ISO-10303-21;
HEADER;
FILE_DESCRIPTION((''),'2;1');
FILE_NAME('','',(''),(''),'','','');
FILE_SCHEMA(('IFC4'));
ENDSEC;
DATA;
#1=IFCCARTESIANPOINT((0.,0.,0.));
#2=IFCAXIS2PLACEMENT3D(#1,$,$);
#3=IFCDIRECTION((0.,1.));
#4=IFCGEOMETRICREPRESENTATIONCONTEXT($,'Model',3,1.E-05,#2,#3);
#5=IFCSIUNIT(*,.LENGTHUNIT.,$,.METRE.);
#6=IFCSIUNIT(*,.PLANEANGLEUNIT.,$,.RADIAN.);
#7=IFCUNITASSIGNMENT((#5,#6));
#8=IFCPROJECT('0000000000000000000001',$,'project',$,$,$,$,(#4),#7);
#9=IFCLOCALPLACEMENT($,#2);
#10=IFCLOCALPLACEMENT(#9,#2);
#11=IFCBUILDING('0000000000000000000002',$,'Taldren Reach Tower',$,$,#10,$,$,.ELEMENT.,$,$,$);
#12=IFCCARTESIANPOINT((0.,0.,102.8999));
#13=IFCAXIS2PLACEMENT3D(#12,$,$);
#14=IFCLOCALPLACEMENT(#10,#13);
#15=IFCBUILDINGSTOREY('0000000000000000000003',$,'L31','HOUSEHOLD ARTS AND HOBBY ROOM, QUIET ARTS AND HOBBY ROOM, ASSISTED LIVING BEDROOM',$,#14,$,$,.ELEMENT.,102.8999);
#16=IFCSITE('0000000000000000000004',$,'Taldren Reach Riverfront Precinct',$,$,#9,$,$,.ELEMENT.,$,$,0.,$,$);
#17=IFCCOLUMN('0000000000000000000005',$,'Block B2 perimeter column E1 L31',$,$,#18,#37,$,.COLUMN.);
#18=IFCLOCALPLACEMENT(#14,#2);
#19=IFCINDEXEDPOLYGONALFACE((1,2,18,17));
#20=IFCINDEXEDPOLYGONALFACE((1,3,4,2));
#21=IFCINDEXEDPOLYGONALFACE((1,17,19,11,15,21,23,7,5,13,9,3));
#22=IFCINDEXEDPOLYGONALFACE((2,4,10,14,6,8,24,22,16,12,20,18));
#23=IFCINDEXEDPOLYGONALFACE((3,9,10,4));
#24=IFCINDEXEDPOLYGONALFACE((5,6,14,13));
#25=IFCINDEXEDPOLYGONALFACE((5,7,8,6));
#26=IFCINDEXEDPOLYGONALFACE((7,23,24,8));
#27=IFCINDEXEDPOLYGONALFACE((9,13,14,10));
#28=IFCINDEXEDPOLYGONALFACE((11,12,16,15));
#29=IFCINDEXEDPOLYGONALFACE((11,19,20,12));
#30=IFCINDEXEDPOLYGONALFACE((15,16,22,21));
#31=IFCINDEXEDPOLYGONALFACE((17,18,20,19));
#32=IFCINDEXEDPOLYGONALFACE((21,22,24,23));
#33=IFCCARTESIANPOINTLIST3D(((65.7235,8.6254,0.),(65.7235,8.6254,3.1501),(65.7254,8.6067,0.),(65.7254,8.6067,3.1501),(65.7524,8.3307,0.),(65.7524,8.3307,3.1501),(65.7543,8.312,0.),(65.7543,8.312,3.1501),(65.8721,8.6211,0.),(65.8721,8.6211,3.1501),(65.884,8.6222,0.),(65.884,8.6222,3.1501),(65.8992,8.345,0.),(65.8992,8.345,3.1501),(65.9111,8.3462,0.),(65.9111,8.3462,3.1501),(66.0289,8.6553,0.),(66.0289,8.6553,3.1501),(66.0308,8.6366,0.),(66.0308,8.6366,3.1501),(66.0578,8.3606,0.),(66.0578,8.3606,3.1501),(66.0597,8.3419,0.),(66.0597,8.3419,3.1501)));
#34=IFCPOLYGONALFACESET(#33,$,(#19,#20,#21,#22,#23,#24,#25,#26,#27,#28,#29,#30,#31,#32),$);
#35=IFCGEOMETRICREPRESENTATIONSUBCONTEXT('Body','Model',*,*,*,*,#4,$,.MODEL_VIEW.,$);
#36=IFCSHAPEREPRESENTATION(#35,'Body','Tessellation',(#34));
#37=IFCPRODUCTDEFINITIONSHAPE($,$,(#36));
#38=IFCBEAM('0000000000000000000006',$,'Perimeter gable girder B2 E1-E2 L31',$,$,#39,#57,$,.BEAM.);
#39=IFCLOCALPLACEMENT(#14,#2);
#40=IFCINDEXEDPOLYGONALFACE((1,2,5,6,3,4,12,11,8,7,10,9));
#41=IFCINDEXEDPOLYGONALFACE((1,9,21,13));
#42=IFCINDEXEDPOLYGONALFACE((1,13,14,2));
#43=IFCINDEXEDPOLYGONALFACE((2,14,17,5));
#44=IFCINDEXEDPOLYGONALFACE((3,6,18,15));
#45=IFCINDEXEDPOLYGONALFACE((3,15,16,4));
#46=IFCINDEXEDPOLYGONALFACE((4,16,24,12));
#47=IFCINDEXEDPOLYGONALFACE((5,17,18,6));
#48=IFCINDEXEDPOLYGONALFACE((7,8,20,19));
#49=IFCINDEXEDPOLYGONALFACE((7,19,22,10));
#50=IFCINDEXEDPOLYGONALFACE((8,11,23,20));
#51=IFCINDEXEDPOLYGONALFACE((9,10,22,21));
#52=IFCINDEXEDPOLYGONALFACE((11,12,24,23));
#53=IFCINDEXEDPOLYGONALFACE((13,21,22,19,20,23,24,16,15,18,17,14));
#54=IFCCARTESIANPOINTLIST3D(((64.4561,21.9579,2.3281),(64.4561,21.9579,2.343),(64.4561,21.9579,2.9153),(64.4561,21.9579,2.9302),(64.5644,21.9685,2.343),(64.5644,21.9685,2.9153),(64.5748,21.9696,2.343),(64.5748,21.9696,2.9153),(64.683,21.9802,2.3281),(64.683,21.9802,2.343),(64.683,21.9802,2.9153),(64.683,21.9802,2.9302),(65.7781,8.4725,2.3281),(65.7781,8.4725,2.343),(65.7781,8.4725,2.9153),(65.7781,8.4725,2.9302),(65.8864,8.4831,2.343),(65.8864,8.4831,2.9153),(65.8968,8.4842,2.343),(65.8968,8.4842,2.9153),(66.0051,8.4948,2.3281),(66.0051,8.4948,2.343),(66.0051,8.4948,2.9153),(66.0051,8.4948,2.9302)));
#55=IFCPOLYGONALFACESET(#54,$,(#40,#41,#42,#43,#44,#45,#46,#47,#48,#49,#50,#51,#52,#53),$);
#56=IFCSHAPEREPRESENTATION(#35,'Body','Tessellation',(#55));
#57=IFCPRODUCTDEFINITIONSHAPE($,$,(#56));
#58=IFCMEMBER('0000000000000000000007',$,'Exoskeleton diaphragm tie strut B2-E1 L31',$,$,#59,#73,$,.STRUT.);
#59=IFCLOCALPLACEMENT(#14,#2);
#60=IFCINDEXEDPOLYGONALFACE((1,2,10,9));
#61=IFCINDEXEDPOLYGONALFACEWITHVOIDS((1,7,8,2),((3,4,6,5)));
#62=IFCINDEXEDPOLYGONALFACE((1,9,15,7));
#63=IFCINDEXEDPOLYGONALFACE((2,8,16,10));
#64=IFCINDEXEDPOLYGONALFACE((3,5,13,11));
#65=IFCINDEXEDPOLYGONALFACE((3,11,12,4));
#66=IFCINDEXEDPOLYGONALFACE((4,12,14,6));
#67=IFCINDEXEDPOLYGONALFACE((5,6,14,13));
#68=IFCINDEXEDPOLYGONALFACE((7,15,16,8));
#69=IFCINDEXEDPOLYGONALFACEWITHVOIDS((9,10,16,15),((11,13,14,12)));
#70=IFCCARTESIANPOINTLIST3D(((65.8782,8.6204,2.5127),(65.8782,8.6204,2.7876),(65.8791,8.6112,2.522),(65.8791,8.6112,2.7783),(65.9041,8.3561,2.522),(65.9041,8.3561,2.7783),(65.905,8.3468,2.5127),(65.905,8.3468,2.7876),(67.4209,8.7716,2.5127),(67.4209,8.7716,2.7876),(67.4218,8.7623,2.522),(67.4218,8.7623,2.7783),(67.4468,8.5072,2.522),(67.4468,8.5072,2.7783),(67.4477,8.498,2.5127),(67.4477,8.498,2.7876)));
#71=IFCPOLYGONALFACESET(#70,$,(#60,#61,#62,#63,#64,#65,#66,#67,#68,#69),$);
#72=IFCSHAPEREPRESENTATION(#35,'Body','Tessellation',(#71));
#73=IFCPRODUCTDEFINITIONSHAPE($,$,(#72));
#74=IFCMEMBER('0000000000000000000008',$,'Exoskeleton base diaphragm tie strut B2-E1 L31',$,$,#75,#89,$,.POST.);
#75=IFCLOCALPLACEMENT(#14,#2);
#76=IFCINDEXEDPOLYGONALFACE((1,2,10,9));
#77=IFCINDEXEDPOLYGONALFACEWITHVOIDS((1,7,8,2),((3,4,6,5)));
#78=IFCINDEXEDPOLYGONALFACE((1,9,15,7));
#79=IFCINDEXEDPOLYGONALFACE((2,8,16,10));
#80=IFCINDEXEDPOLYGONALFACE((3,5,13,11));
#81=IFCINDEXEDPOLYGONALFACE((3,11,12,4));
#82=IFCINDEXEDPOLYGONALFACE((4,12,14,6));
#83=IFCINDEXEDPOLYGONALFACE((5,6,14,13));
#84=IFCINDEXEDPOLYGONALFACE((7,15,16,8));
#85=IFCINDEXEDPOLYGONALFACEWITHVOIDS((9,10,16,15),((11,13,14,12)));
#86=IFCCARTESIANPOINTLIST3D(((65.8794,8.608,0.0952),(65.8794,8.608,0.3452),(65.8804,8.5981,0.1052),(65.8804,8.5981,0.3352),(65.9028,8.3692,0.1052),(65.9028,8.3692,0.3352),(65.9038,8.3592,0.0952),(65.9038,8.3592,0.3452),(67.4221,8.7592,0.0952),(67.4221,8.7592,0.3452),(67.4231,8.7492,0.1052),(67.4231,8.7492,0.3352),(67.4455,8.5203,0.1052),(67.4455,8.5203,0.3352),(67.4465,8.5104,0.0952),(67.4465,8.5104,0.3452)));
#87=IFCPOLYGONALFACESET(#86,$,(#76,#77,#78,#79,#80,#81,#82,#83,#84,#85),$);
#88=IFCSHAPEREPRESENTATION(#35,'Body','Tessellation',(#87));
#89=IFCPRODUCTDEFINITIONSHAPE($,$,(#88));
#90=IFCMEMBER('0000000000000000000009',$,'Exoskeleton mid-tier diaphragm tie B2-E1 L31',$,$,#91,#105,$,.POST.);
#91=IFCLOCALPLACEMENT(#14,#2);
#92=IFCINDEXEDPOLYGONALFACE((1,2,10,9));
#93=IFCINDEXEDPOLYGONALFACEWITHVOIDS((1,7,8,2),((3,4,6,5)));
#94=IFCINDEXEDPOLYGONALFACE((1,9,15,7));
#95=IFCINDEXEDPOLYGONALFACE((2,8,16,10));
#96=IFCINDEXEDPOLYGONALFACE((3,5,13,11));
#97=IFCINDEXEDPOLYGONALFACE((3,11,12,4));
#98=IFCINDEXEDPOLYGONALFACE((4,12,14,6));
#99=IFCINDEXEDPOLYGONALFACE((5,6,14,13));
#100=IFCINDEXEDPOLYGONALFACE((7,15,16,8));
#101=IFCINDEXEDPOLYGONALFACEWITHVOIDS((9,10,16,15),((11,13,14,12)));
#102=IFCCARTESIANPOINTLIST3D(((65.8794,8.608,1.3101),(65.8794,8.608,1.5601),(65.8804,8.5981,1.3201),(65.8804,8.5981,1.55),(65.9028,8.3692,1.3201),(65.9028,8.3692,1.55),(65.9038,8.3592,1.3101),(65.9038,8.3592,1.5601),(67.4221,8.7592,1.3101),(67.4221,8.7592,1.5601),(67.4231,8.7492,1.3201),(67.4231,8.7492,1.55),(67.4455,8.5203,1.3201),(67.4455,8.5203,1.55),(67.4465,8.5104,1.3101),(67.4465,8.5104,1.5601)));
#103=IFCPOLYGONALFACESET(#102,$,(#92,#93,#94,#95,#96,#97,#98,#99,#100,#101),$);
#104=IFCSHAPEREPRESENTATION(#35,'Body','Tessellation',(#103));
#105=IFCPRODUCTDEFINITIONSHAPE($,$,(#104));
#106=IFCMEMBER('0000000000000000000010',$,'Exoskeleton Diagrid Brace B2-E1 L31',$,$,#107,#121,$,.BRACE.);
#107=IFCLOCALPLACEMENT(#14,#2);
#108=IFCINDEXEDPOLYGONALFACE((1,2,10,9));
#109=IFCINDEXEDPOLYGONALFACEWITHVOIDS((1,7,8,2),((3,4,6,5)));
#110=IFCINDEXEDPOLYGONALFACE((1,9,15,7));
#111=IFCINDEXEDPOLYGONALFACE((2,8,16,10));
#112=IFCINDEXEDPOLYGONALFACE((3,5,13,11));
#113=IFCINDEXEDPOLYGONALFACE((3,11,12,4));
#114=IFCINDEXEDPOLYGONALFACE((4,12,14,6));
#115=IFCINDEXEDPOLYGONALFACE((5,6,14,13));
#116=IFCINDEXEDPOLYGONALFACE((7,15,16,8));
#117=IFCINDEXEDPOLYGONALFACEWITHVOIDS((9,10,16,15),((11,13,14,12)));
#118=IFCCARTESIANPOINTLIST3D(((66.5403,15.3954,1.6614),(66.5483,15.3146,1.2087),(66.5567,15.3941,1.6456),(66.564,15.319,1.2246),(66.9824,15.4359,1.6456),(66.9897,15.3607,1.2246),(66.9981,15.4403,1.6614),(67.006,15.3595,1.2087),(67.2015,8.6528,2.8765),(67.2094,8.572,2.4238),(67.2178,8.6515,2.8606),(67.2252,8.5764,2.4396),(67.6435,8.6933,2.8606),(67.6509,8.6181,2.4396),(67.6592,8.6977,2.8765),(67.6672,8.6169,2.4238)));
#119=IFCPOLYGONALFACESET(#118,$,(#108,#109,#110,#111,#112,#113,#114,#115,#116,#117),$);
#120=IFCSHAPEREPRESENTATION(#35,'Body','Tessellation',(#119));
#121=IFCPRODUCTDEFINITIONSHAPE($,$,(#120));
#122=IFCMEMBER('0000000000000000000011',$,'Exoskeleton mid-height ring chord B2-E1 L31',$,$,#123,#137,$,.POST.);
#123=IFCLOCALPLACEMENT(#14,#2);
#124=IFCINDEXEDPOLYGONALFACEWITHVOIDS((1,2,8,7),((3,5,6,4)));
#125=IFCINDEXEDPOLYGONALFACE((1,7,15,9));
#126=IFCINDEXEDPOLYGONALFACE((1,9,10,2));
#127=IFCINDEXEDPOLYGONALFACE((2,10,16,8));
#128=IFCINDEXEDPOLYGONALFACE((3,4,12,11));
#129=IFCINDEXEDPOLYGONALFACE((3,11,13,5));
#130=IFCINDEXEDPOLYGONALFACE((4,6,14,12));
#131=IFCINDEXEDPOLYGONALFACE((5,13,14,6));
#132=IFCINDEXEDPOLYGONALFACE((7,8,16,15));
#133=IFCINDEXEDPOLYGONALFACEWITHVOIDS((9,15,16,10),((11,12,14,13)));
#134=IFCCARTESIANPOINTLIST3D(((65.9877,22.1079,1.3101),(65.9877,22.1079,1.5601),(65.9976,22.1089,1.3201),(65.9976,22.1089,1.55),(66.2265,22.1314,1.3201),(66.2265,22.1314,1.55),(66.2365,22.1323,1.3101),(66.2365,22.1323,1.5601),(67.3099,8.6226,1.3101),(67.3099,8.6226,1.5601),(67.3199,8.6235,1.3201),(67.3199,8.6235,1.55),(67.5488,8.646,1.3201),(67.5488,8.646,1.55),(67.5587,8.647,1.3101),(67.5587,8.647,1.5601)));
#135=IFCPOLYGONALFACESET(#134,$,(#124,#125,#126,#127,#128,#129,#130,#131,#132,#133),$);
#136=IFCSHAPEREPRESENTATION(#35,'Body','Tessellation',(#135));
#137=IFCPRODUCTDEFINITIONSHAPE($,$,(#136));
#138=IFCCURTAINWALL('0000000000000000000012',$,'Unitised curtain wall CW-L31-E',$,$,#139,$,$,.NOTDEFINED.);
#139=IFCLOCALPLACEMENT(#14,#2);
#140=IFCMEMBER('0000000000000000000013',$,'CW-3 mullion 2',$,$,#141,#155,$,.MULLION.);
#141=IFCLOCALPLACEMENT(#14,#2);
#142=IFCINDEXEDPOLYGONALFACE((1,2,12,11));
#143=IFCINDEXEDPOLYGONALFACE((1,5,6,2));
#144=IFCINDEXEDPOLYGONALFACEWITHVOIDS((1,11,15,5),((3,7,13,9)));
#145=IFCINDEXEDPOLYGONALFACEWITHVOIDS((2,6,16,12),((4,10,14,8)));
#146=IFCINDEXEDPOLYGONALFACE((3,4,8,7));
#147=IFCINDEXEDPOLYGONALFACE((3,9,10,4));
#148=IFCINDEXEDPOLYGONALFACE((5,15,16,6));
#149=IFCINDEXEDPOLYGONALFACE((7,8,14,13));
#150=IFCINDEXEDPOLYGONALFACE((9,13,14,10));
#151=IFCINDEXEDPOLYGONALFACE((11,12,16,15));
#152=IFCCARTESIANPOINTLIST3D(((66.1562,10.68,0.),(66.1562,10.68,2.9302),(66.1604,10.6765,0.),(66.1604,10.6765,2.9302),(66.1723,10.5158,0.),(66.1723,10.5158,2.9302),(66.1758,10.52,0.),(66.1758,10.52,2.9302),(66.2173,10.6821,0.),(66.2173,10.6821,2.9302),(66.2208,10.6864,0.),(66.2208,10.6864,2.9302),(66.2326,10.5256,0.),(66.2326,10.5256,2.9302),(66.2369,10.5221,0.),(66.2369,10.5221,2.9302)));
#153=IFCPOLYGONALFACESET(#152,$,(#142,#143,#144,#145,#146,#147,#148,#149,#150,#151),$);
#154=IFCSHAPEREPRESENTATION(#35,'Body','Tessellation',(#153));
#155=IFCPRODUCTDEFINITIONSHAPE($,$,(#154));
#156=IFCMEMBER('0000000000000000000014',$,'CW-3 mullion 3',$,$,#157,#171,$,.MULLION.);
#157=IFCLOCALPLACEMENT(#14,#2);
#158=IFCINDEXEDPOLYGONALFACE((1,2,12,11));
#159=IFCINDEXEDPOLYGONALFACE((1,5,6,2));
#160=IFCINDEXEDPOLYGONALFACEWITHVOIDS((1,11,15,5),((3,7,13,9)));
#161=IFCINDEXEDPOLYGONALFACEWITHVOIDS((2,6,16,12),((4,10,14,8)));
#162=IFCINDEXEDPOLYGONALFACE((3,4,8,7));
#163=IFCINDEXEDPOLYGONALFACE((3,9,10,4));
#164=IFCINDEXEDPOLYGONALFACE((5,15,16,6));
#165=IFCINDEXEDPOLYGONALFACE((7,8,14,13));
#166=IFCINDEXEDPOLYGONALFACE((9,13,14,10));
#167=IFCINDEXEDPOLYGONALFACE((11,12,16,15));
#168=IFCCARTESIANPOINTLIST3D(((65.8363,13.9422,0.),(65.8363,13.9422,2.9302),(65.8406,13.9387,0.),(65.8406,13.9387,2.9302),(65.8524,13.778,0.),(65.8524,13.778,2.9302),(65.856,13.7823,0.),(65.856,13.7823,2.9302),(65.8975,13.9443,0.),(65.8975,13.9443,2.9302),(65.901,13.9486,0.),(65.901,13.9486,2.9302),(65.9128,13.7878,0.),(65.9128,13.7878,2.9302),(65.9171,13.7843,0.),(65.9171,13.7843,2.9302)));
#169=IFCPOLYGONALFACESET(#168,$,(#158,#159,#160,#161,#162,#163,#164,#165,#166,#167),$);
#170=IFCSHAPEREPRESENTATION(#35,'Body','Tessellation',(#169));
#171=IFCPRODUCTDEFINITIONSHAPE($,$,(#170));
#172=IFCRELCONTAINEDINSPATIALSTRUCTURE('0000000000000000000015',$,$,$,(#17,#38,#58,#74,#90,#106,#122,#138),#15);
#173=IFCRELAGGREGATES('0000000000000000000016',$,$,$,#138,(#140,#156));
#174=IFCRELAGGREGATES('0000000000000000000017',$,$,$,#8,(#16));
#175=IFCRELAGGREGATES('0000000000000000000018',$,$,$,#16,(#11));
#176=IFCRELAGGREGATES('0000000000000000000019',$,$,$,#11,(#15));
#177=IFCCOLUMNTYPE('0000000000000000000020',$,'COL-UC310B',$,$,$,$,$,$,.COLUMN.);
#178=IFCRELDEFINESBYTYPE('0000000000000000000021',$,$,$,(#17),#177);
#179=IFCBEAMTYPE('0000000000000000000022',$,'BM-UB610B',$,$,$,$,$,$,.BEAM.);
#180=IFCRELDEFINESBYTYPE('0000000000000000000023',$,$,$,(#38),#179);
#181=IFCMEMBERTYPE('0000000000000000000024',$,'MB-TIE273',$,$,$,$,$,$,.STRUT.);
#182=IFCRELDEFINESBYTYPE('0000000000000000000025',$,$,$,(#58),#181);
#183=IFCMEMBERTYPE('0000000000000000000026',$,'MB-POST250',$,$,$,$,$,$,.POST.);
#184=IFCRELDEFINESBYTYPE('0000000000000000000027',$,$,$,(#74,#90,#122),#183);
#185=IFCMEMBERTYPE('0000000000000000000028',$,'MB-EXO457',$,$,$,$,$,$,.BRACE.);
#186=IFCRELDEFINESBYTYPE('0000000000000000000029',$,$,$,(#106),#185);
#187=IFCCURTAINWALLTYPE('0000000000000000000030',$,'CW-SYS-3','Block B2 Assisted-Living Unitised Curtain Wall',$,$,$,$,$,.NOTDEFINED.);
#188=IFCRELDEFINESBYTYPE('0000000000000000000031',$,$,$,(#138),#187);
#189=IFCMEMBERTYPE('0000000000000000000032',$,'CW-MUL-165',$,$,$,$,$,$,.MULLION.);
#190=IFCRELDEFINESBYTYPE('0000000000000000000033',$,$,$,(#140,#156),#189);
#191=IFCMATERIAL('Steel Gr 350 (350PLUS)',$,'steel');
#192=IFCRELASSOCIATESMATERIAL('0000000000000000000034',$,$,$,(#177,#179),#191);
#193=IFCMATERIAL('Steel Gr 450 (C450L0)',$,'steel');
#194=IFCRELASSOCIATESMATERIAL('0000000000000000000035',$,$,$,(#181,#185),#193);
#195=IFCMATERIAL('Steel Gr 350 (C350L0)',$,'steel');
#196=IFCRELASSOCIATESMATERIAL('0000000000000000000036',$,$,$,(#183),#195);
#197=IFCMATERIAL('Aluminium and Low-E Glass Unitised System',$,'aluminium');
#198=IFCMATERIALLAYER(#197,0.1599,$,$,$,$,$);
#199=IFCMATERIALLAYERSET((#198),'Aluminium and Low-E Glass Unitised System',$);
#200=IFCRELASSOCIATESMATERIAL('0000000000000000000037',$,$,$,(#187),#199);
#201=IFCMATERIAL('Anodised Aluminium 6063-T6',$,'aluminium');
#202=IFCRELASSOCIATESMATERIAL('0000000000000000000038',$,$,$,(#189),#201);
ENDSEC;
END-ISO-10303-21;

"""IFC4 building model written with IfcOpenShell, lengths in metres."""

from ifc_helpers import new_model, si_unit, direction, frame, origin, origin_2d, place, context, subcontext, project, spatial, hollow_rectangle, i_section, extrude, source, transform, mapped, material, layer, layer_set, material_profile, profile_set, type_object, element, aggregate, save


model = new_model("IFC4")

# Units and contexts
model_context = context("Model", 3, precision=1e-05, world=origin(), true_north=direction((0.0, 1.0)))
body_context = subcontext(model_context, "Body", "Model", "MODEL_VIEW")
ifc_project = project(units=[si_unit("LENGTHUNIT", "METRE"), si_unit("PLANEANGLEUNIT", "RADIAN")], contexts=[model_context])

# Site, building, storey
site_placement = place(None, origin())
site = spatial("IfcSite", under=ifc_project, at=site_placement, Name="Taldren Reach Riverfront Precinct", CompositionType="ELEMENT", RefElevation=0.0)
building_placement = place(site_placement, origin())
building = spatial("IfcBuilding", under=site, at=building_placement, Name="Taldren Reach Tower", CompositionType="ELEMENT")
storey_placement = place(building_placement, frame((0.0, 0.0, 102.8999)))
storey = spatial("IfcBuildingStorey", under=building, at=storey_placement, Name="L31", Description="HOUSEHOLD ARTS AND HOBBY ROOM, QUIET ARTS AND HOBBY ROOM, ASSISTED LIVING BEDROOM", CompositionType="ELEMENT", Elevation=102.8999)

# Column
ifc_material_1 = material(Name="Steel Gr 350 (350PLUS)", Category="steel")
ifc_material_profile_1 = material_profile(ifc_material_1, i_section(OverallWidth=0.3069, OverallDepth=0.3149, WebThickness=0.012, FlangeThickness=0.0188, at=origin_2d()), Name="310UC118")
ifc_profile_set_1 = profile_set([ifc_material_profile_1], Name="Steel Gr 350 (350PLUS)")
column_type = type_object("IfcColumnType", Name="COL-UC310B", PredefinedType="COLUMN", material=ifc_profile_set_1)
shared_shape_1 = source(origin(), body_context, "Body", "SweptSolid", [
    extrude(i_section(OverallWidth=0.3069, OverallDepth=0.3149, WebThickness=0.012, FlangeThickness=0.0188, at=origin_2d()), origin(), (0.0, 0.0, 1.0), 3.1501),
])
column_placement = place(storey_placement, frame((65.8916, 8.4836, 0.0), z_axis=(0.0, 0.0, 1.0), x_axis=(0.995227, 0.097583, 0.0)))
element("IfcColumn", 1, at=column_placement, inside=storey, type_object=column_type, Name="Block B2 perimeter column E1 L31", PredefinedType="COLUMN", context=body_context, shape_type="MappedRepresentation", body=[
    mapped(shared_shape_1, transform((0.0, 0.0, 0.0), scale=1.0)),
])

# Beam
ifc_material_profile_2 = material_profile(ifc_material_1, i_section(OverallWidth=0.228, OverallDepth=0.6021, WebThickness=0.0105, FlangeThickness=0.0149, at=origin_2d()), Name="610UB101")
ifc_profile_set_2 = profile_set([ifc_material_profile_2], Name="Steel Gr 350 (350PLUS)")
beam_type = type_object("IfcBeamType", Name="BM-UB610B", PredefinedType="BEAM", material=ifc_profile_set_2)
shared_shape_2 = source(origin(), body_context, "Body", "SweptSolid", [
    extrude(i_section(OverallWidth=0.228, OverallDepth=0.6021, WebThickness=0.0105, FlangeThickness=0.0149, at=origin_2d()), origin(), (0.0, 0.0, 1.0), 13.55),
])
beam_placement = place(storey_placement, frame((65.8916, 8.4836, 2.6292), z_axis=(-0.097566, 0.995229, 0.0), x_axis=(-0.995229, -0.097566, 0.0)))
element("IfcBeam", 2, at=beam_placement, inside=storey, type_object=beam_type, Name="Perimeter gable girder B2 E1-E2 L31", PredefinedType="BEAM", context=body_context, shape_type="MappedRepresentation", body=[
    mapped(shared_shape_2, transform((0.0, 0.0, 0.0), scale=1.0)),
])

# Members
ifc_material_2 = material(Name="Steel Gr 450 (C450L0)", Category="steel")
ifc_material_profile_3 = material_profile(ifc_material_2, hollow_rectangle(XDim=0.2749, YDim=0.2749, WallThickness=0.0093, at=origin_2d()), Name="275x275x9.3SHS")
ifc_profile_set_3 = profile_set([ifc_material_profile_3], Name="Steel Gr 450 (C450L0)")
member_type_1 = type_object("IfcMemberType", Name="MB-TIE273", PredefinedType="STRUT", material=ifc_profile_set_3)
shared_shape_3 = source(origin(), body_context, "Body", "SweptSolid", [
    extrude(hollow_rectangle(XDim=0.2749, YDim=0.2749, WallThickness=0.0093, at=origin_2d()), origin(), (0.0, 0.0, 1.0), 1.55),
])
member_1_placement = place(storey_placement, frame((65.8916, 8.4836, 2.6501), z_axis=(0.995236, 0.097492, 0.0), x_axis=(-0.097492, 0.995236, 0.0)))
element("IfcMember", 3, at=member_1_placement, inside=storey, type_object=member_type_1, Name="Exoskeleton diaphragm tie strut B2-E1 L31", PredefinedType="STRUT", context=body_context, shape_type="MappedRepresentation", body=[
    mapped(shared_shape_3, transform((0.0, 0.0, 0.0), scale=1.0)),
])
ifc_material_3 = material(Name="Steel Gr 350 (C350L0)", Category="steel")
ifc_material_profile_4 = material_profile(ifc_material_3, hollow_rectangle(XDim=0.25, YDim=0.25, WallThickness=0.01, at=origin_2d()), Name="250x250x10.0SHS")
ifc_profile_set_4 = profile_set([ifc_material_profile_4], Name="Steel Gr 350 (C350L0)")
member_type_2 = type_object("IfcMemberType", Name="MB-POST250", PredefinedType="POST", material=ifc_profile_set_4)
shared_shape_4 = source(origin(), body_context, "Body", "SweptSolid", [
    extrude(hollow_rectangle(XDim=0.25, YDim=0.25, WallThickness=0.01, at=origin_2d()), origin(), (0.0, 0.0, 1.0), 1.55),
])
for number, where, z_axis, x_axis, name in (
    (4, (65.8916, 8.4836, 0.2202), (0.995236, 0.097492, 0.0), (-0.097492, 0.995236, 0.0), "Exoskeleton base diaphragm tie strut B2-E1 L31"),
    (5, (65.8916, 8.4836, 1.4351), (0.995236, 0.097492, 0.0), (-0.097492, 0.995236, 0.0), "Exoskeleton mid-tier diaphragm tie B2-E1 L31"),
):
    element("IfcMember", number, at=place(storey_placement, frame(where, z_axis=z_axis, x_axis=x_axis)), inside=storey, type_object=member_type_2, Name=name, PredefinedType="POST", context=body_context, shape_type="MappedRepresentation", body=[
        mapped(shared_shape_4, transform((0.0, 0.0, 0.0), scale=1.0)),
    ])
ifc_material_profile_5 = material_profile(ifc_material_2, hollow_rectangle(XDim=0.46, YDim=0.46, WallThickness=0.0161, at=origin_2d()), Name="460x460x16.0SHS")
ifc_profile_set_5 = profile_set([ifc_material_profile_5], Name="Steel Gr 450 (C450L0)")
member_type_3 = type_object("IfcMemberType", Name="MB-EXO457", PredefinedType="BRACE", material=ifc_profile_set_5)
shared_shape_5 = source(origin(), body_context, "Body", "SweptSolid", [
    extrude(hollow_rectangle(XDim=0.46, YDim=0.46, WallThickness=0.0161, at=origin_2d()), origin(), (0.0, 0.0, 1.0), 6.8831),
])
member_2_placement = place(storey_placement, frame((66.7732, 15.3774, 1.4351), z_axis=(0.096051, -0.979597, 0.176532), x_axis=(0.995227, 0.097584, 0.0)))
element("IfcMember", 6, at=member_2_placement, inside=storey, type_object=member_type_3, Name="Exoskeleton Diagrid Brace B2-E1 L31", PredefinedType="BRACE", context=body_context, shape_type="MappedRepresentation", body=[
    mapped(shared_shape_5, transform((0.0, 0.0, 0.0), scale=1.0)),
])
shared_shape_6 = source(origin(), body_context, "Body", "SweptSolid", [
    extrude(hollow_rectangle(XDim=0.25, YDim=0.25, WallThickness=0.01, at=origin_2d()), origin(), (0.0, 0.0, 1.0), 13.55),
])
member_3_placement = place(storey_placement, frame((67.4343, 8.6348, 1.4351), z_axis=(-0.097584, 0.995227, 0.0), x_axis=(-0.995227, -0.097584, 0.0)))
element("IfcMember", 7, at=member_3_placement, inside=storey, type_object=member_type_2, Name="Exoskeleton mid-height ring chord B2-E1 L31", PredefinedType="POST", context=body_context, shape_type="MappedRepresentation", body=[
    mapped(shared_shape_6, transform((0.0, 0.0, 0.0), scale=1.0)),
])

# Curtain wall, members
ifc_material_4 = material(Name="Aluminium and Low-E Glass Unitised System", Category="aluminium")
ifc_layer_1 = layer(ifc_material_4, 0.1599)
ifc_layer_set_1 = layer_set([ifc_layer_1], Name="Aluminium and Low-E Glass Unitised System")
curtain_wall_type = type_object("IfcCurtainWallType", Name="CW-SYS-3", Description="Block B2 Assisted-Living Unitised Curtain Wall", PredefinedType="NOTDEFINED", material=ifc_layer_set_1)
curtain_wall_placement = place(storey_placement, origin())
curtain_wall = element("IfcCurtainWall", 8, at=curtain_wall_placement, inside=storey, type_object=curtain_wall_type, Name="Unitised curtain wall CW-L31-E", PredefinedType="NOTDEFINED")
ifc_material_5 = material(Name="Anodised Aluminium 6063-T6", Category="aluminium")
ifc_material_profile_6 = material_profile(ifc_material_5, hollow_rectangle(XDim=0.0649, YDim=0.165, WallThickness=0.0039, at=origin_2d()), Name="ALU-165x65x4RHS")
ifc_profile_set_6 = profile_set([ifc_material_profile_6], Name="Anodised Aluminium 6063-T6")
member_type_4 = type_object("IfcMemberType", Name="CW-MUL-165", PredefinedType="MULLION", material=ifc_profile_set_6)
shared_shape_7 = source(origin(), body_context, "Body", "SweptSolid", [
    extrude(hollow_rectangle(XDim=0.0649, YDim=0.165, WallThickness=0.0039, at=origin_2d()), origin(), (0.0, 0.0, 1.0), 2.9302),
])
member_4_placement = place(storey_placement, frame((66.1965, 10.6011, 0.0), z_axis=(0.0, 0.0, 1.0), x_axis=(-0.995227, -0.097583, 0.0)))
member_4 = element("IfcMember", 9, at=member_4_placement, type_object=member_type_4, Name="CW-3 mullion 2", PredefinedType="MULLION", context=body_context, shape_type="MappedRepresentation", body=[
    mapped(shared_shape_7, transform((0.0, 0.0, 0.0), scale=1.0)),
])
member_5_placement = place(storey_placement, frame((65.8767, 13.8633, 0.0), z_axis=(0.0, 0.0, 1.0), x_axis=(-0.995227, -0.097583, 0.0)))
member_5 = element("IfcMember", 10, at=member_5_placement, type_object=member_type_4, Name="CW-3 mullion 3", PredefinedType="MULLION", context=body_context, shape_type="MappedRepresentation", body=[
    mapped(shared_shape_7, transform((0.0, 0.0, 0.0), scale=1.0)),
])

aggregate(curtain_wall, [member_4, member_5])

save(model, "model.ifc")
